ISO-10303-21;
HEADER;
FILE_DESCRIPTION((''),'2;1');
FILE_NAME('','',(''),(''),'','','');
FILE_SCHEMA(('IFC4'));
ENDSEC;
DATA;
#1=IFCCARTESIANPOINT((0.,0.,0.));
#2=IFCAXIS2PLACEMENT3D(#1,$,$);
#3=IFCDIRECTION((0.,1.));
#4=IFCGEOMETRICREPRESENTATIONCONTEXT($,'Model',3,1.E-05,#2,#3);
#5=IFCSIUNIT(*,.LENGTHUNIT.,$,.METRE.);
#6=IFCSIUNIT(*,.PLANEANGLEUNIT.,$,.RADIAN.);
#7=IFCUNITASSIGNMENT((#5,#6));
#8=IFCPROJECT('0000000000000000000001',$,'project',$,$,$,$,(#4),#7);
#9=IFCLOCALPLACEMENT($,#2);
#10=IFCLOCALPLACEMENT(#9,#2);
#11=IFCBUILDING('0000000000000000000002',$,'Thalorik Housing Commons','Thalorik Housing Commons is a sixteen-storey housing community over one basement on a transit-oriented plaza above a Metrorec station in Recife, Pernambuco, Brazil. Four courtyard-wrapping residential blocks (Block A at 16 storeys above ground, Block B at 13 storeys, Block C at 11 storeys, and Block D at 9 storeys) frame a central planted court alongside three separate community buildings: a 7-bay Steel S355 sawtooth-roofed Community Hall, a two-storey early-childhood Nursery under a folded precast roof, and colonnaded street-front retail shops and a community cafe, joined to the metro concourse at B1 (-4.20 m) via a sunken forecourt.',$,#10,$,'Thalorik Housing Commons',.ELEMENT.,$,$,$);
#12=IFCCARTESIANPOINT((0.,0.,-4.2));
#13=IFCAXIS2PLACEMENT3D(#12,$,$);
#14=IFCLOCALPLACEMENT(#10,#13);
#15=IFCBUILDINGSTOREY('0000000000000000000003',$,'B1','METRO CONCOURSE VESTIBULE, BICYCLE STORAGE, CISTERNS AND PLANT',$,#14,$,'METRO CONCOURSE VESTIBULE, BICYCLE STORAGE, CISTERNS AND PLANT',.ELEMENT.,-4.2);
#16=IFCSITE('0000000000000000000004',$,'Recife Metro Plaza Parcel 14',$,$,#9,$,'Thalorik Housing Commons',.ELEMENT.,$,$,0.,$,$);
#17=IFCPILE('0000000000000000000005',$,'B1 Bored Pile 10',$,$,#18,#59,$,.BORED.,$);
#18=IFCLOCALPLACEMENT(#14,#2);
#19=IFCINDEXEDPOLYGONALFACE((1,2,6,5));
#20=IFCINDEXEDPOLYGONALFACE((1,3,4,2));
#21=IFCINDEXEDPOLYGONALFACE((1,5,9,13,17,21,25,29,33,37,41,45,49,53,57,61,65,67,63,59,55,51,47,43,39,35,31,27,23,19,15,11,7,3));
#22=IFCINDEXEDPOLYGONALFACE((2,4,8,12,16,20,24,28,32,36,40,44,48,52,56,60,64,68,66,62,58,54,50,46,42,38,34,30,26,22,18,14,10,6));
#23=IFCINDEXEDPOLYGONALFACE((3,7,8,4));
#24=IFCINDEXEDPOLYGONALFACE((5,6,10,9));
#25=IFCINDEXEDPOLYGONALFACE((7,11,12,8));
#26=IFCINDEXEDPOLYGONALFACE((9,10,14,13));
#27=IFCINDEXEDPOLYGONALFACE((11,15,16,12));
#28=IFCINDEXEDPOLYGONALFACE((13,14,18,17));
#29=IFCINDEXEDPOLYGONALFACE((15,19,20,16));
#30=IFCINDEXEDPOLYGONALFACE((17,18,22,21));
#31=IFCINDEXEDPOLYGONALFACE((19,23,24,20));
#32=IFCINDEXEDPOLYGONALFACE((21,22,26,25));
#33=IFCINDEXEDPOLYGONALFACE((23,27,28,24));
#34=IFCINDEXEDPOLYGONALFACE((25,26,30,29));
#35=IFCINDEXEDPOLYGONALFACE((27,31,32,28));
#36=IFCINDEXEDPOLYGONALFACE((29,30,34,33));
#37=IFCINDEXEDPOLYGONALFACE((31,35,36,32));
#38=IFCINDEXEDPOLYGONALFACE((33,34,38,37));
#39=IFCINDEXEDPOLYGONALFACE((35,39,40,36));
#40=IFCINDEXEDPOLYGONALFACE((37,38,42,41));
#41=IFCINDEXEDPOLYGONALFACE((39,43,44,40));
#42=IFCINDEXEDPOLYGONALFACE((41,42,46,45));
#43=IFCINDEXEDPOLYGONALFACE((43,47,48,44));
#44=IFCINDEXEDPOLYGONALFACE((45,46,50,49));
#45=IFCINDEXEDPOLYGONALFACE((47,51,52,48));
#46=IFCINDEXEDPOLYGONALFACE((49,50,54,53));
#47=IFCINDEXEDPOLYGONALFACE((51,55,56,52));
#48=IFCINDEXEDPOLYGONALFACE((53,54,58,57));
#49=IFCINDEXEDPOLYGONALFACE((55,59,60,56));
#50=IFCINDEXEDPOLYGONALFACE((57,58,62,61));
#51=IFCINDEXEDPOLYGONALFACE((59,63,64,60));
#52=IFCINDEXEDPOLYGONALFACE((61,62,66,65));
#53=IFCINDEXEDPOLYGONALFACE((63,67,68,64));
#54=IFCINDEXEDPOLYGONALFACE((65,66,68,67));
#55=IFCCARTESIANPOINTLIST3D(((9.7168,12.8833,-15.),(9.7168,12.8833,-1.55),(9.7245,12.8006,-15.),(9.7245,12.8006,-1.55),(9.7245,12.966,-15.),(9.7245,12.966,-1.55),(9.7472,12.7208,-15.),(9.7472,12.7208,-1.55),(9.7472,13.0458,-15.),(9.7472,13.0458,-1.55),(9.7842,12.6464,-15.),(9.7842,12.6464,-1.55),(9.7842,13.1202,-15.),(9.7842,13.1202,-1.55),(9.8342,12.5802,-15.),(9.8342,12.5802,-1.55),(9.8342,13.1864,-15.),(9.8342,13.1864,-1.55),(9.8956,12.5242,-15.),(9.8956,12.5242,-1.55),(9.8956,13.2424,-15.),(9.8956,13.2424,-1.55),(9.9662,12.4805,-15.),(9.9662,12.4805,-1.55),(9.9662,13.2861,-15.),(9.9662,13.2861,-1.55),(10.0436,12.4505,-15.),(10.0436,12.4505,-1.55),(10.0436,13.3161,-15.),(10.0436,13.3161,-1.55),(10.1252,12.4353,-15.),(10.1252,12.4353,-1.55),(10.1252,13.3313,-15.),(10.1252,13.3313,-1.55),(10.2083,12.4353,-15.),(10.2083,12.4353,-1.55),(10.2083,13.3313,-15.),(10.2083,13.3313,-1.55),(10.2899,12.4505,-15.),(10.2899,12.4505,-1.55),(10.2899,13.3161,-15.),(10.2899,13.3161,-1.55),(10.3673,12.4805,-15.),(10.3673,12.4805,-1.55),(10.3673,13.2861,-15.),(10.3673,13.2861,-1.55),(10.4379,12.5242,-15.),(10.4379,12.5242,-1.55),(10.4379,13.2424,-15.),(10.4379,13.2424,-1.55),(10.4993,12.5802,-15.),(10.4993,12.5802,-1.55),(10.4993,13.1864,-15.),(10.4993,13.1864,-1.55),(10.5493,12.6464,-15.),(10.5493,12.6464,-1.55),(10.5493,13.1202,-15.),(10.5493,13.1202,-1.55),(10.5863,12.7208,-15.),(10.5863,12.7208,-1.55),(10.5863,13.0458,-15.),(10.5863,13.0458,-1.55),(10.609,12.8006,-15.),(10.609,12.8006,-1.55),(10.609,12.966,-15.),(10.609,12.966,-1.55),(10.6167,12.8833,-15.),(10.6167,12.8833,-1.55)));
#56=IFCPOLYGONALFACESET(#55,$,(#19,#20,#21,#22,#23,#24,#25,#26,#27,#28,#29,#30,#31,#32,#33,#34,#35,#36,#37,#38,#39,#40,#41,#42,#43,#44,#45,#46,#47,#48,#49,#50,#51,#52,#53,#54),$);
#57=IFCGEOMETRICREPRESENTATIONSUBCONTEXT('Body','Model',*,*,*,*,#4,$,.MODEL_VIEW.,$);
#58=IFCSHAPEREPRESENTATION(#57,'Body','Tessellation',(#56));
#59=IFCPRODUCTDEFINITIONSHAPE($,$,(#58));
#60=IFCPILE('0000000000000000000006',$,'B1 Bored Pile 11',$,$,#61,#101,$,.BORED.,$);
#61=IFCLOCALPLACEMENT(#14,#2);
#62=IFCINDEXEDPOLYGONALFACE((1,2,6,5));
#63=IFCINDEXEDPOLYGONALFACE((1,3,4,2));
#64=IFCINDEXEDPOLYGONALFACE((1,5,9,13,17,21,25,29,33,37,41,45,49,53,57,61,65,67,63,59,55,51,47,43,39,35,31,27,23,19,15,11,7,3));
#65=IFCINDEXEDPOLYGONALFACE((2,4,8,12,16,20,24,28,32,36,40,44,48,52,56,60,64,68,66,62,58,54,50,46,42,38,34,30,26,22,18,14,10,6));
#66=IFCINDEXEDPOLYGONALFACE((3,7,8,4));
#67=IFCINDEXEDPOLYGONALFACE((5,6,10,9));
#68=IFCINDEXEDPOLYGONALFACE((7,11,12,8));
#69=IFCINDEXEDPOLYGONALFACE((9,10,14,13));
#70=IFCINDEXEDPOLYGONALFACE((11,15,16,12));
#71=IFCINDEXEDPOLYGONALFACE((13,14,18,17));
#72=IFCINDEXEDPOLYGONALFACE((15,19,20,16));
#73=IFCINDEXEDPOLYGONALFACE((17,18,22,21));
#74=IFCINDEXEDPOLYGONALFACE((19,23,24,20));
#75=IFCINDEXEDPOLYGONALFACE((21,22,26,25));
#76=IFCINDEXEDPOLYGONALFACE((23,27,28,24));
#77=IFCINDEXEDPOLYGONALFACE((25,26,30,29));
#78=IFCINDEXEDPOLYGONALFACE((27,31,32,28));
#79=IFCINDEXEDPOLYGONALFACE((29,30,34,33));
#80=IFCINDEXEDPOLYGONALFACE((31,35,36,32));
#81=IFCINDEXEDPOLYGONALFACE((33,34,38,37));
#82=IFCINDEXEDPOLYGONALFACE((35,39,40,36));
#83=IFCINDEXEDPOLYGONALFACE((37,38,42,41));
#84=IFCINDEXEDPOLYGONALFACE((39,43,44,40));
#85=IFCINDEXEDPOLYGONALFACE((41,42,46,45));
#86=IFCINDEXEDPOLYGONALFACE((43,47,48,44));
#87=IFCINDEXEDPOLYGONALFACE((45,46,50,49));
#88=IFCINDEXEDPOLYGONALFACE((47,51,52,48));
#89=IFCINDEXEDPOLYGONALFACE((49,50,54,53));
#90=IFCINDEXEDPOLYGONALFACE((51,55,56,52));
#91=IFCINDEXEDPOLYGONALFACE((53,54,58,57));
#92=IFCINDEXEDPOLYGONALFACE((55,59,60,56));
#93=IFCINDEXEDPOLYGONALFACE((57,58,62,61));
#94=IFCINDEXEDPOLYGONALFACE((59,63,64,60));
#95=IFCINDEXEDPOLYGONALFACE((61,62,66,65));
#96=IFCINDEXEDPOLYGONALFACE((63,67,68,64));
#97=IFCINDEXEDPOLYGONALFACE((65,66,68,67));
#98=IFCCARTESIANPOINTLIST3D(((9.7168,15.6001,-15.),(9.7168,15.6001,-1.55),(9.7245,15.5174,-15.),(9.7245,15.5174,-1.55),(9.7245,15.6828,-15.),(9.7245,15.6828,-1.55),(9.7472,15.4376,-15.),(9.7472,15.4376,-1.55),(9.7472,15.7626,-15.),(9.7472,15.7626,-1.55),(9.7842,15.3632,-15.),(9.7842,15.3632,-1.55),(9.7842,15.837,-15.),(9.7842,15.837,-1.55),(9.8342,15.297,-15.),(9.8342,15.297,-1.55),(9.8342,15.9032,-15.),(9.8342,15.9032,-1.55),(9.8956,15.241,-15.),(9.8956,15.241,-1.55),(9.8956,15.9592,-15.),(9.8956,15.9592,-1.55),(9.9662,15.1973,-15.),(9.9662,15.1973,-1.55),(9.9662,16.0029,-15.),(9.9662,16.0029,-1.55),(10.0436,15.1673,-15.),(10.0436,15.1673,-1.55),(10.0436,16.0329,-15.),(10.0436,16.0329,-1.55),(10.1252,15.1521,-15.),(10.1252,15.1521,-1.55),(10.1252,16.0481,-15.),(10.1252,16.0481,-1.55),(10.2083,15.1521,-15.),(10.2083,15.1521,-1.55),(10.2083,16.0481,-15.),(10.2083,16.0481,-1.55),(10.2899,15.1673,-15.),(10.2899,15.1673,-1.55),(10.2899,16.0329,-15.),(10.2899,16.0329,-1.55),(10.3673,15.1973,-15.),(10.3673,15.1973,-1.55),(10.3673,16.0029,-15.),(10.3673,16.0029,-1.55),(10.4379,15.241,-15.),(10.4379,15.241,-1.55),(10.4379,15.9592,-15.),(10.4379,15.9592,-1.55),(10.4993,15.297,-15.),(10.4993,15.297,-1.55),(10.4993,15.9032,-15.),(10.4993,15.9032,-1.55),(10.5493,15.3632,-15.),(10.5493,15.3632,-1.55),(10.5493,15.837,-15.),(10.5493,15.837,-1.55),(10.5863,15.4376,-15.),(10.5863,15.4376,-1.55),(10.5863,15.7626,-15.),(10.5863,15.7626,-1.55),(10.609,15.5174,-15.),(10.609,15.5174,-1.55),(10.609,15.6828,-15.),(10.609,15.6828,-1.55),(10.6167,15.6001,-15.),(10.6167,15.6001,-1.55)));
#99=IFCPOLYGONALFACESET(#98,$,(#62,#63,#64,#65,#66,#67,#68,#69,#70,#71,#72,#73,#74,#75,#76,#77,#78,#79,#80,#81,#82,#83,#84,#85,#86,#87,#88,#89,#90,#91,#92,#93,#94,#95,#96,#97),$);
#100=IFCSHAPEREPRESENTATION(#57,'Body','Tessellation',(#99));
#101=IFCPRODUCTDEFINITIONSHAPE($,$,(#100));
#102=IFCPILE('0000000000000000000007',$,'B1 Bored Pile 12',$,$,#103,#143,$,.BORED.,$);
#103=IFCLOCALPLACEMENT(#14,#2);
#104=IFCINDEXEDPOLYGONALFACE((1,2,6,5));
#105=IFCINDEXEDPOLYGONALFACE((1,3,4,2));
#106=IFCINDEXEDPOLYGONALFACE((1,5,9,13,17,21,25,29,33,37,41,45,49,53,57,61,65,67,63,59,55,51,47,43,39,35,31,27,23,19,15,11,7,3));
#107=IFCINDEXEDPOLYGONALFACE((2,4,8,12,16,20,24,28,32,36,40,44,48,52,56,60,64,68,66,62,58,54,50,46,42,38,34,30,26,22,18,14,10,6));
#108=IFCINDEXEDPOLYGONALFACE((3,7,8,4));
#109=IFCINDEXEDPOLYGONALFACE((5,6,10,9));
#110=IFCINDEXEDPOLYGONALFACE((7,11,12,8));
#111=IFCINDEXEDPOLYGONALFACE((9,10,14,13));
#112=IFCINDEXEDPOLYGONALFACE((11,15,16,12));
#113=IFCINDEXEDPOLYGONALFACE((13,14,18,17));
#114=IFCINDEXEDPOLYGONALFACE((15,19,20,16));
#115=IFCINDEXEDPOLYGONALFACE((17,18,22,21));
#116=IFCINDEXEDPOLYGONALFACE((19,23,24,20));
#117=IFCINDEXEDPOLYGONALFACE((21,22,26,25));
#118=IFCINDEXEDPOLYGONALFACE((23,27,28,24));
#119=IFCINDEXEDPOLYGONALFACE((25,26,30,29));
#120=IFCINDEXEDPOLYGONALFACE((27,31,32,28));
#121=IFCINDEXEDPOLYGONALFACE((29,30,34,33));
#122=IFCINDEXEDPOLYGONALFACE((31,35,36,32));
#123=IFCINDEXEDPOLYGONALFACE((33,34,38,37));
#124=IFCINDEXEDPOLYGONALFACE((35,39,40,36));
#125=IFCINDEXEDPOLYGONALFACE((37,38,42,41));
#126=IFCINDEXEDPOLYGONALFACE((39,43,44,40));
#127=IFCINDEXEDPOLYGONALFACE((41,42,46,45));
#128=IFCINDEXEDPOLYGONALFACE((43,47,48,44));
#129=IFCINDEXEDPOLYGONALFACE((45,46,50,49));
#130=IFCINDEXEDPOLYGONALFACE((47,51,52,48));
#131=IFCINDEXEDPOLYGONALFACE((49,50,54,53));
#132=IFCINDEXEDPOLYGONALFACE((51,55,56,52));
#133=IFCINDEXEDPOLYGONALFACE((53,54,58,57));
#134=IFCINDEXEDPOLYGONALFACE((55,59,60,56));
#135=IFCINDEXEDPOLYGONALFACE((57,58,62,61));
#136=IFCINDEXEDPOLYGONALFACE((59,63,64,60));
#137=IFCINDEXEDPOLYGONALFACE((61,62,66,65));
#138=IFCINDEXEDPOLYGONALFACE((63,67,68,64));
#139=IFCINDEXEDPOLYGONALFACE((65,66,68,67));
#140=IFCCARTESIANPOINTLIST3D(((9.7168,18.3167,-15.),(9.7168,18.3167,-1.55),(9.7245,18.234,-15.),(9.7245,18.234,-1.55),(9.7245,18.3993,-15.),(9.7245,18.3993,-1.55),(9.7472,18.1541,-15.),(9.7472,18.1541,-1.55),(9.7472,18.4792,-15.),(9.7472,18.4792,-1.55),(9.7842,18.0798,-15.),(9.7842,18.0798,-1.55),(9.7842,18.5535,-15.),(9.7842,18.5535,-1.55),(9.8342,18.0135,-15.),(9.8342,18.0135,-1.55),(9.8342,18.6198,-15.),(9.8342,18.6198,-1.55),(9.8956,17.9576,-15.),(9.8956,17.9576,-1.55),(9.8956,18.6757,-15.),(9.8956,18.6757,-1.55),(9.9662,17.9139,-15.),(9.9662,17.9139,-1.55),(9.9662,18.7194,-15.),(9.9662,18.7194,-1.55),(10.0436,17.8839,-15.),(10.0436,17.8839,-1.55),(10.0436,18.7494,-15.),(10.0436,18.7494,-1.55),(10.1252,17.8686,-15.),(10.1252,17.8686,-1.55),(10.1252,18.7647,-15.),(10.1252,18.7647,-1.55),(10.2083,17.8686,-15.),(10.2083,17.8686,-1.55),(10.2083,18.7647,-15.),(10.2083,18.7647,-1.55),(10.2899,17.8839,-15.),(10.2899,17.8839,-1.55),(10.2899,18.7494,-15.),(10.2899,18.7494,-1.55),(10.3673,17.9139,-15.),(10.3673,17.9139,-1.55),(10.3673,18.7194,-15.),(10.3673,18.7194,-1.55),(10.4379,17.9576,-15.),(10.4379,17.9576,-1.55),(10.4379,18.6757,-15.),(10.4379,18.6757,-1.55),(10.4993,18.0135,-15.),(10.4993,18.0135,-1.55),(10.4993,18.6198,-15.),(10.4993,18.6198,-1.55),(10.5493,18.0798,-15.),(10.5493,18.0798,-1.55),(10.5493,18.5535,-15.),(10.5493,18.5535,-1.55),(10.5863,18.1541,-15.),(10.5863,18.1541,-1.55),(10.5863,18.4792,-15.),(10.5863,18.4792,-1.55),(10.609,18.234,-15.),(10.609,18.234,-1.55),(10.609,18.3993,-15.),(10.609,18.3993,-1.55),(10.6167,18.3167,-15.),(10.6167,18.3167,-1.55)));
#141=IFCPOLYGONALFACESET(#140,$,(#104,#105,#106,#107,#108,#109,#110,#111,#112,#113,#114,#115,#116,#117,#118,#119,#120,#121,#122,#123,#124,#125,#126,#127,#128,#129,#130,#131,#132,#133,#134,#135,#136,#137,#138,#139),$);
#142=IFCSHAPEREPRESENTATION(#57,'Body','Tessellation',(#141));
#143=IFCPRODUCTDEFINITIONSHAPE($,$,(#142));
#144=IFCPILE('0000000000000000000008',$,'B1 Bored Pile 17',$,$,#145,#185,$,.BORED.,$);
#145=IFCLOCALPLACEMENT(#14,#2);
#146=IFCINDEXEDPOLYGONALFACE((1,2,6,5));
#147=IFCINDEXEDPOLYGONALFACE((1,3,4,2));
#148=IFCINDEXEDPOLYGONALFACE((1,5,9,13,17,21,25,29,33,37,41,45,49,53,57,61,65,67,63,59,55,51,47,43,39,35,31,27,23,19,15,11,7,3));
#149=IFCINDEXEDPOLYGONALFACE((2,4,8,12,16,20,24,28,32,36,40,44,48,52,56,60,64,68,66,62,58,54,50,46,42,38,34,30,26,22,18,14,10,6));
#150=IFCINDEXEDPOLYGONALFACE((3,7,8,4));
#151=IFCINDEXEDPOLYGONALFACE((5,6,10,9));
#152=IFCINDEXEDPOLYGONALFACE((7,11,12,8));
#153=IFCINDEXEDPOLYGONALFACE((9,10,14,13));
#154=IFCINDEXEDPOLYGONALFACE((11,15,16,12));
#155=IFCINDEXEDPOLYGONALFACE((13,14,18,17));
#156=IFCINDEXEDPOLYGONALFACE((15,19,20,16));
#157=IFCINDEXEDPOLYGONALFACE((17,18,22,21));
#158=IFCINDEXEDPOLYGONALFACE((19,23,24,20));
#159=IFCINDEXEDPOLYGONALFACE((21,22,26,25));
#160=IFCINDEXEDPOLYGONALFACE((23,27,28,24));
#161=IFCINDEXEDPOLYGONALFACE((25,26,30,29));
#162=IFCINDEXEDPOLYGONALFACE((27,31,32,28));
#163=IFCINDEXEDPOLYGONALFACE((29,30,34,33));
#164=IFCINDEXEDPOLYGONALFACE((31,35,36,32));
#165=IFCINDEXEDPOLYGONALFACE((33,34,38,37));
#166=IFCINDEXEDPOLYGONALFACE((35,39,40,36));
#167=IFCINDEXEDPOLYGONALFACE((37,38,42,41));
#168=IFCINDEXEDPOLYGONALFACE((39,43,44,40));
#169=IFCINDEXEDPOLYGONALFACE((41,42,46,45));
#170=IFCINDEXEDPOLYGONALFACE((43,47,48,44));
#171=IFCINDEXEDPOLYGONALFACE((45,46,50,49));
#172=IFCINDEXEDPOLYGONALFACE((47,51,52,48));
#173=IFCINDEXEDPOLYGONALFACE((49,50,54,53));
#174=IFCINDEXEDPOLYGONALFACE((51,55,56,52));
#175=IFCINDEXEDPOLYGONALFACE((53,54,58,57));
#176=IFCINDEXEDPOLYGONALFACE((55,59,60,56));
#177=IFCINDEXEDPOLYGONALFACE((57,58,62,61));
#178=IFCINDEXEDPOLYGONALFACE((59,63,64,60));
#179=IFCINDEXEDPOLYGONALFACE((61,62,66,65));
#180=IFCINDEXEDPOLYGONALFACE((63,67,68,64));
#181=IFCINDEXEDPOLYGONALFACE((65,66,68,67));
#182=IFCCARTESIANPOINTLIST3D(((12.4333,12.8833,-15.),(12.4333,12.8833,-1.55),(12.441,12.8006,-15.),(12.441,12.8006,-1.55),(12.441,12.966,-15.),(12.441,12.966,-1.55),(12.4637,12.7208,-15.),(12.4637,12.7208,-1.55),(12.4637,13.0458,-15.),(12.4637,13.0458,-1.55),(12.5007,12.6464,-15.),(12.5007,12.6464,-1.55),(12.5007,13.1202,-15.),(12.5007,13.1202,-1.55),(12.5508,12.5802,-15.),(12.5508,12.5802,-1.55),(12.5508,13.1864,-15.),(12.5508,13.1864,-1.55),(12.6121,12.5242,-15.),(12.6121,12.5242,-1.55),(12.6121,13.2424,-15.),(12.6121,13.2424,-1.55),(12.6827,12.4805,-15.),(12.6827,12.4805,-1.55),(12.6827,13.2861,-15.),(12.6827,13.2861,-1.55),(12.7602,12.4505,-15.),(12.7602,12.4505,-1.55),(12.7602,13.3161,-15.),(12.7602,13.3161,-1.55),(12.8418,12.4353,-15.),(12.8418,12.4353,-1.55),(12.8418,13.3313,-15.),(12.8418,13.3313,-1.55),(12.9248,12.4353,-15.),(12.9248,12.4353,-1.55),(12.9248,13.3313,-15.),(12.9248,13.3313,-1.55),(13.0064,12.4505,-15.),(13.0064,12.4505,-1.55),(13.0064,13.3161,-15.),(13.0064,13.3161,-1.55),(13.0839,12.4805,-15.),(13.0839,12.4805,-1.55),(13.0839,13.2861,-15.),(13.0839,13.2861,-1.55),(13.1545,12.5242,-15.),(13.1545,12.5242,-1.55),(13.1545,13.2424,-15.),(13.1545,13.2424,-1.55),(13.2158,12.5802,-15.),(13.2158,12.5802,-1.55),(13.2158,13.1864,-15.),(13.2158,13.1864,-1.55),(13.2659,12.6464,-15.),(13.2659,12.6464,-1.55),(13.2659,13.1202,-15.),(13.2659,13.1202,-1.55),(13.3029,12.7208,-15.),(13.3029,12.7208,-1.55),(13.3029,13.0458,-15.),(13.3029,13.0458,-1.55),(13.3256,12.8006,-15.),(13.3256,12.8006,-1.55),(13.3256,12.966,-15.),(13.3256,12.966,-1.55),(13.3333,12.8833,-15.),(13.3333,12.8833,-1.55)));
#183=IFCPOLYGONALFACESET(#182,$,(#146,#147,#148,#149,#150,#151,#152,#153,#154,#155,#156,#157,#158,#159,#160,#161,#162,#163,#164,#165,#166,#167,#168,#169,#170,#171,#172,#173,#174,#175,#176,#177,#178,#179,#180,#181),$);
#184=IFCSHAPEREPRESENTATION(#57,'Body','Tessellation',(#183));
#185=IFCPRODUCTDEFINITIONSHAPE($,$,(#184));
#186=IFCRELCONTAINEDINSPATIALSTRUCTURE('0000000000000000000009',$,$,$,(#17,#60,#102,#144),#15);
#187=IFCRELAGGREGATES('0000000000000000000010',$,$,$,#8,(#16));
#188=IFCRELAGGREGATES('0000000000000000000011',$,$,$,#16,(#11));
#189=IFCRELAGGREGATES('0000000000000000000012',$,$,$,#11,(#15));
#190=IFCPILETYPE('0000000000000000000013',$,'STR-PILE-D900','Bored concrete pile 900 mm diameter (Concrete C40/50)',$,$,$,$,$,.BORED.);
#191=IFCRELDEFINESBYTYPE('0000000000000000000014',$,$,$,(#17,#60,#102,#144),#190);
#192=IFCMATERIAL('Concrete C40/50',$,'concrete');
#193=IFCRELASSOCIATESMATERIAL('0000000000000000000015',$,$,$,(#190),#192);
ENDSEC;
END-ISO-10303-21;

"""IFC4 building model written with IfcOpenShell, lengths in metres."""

from ifc_helpers import new_model, si_unit, direction, frame, origin, origin_2d, place, context, subcontext, project, spatial, circle, extrude, material, material_profile, profile_set, type_object, element, save


model = new_model("IFC4")

# Units and contexts
model_context = context("Model", 3, precision=1e-05, world=origin(), true_north=direction((0.0, 1.0)))
body_context = subcontext(model_context, "Body", "Model", "MODEL_VIEW")
ifc_project = project(units=[si_unit("LENGTHUNIT", "METRE"), si_unit("PLANEANGLEUNIT", "RADIAN")], contexts=[model_context])

# Site, building, storey
site_placement = place(None, origin())
site = spatial("IfcSite", under=ifc_project, at=site_placement, Name="Recife Metro Plaza Parcel 14", LongName="Thalorik Housing Commons", CompositionType="ELEMENT", RefElevation=0.0)
building_placement = place(site_placement, origin())
building = spatial("IfcBuilding", under=site, at=building_placement, Name="Thalorik Housing Commons", Description="Thalorik Housing Commons is a sixteen-storey housing community over one basement on a transit-oriented plaza above a Metrorec station in Recife, Pernambuco, Brazil. Four courtyard-wrapping residential blocks (Block A at 16 storeys above ground, Block B at 13 storeys, Block C at 11 storeys, and Block D at 9 storeys) frame a central planted court alongside three separate community buildings: a 7-bay Steel S355 sawtooth-roofed Community Hall, a two-storey early-childhood Nursery under a folded precast roof, and colonnaded street-front retail shops and a community cafe, joined to the metro concourse at B1 (-4.20 m) via a sunken forecourt.", LongName="Thalorik Housing Commons", CompositionType="ELEMENT")
storey_placement = place(building_placement, frame((0.0, 0.0, -4.2)))
storey = spatial("IfcBuildingStorey", under=building, at=storey_placement, Name="B1", Description="METRO CONCOURSE VESTIBULE, BICYCLE STORAGE, CISTERNS AND PLANT", LongName="METRO CONCOURSE VESTIBULE, BICYCLE STORAGE, CISTERNS AND PLANT", CompositionType="ELEMENT", Elevation=-4.2)

# Piles
ifc_material_1 = material(Name="Concrete C40/50", Category="concrete")
ifc_material_profile_1 = material_profile(ifc_material_1, circle(Radius=0.45, at=origin_2d()), Name="BORED PILE D900", Category="concrete")
ifc_profile_set_1 = profile_set([ifc_material_profile_1], Name="Concrete C40/50")
pile_type = type_object("IfcPileType", Name="STR-PILE-D900", Description="Bored concrete pile 900 mm diameter (Concrete C40/50)", PredefinedType="BORED", material=ifc_profile_set_1)
for number, where, z_axis, x_axis, name in (
    (1, (10.1667, 12.8833, -1.55), (0.0, 0.0, -1.0), (1.0, 0.0, 0.0), "B1 Bored Pile 10"),
    (2, (10.1667, 15.6001, -1.55), (0.0, 0.0, -1.0), (1.0, 0.0, 0.0), "B1 Bored Pile 11"),
    (3, (10.1667, 18.3167, -1.55), (0.0, 0.0, -1.0), (1.0, 0.0, 0.0), "B1 Bored Pile 12"),
    (4, (12.8833, 12.8833, -1.55), (0.0, 0.0, -1.0), (1.0, 0.0, 0.0), "B1 Bored Pile 17"),
):
    element("IfcPile", number, at=place(storey_placement, frame(where, z_axis=z_axis, x_axis=x_axis)), inside=storey, type_object=pile_type, Name=name, PredefinedType="BORED", context=body_context, shape_type="SweptSolid", body=[
        extrude(circle(Radius=0.45, at=origin_2d()), origin(), (0.0, 0.0, 1.0), 13.45),
    ])

save(model, "model.ifc")
